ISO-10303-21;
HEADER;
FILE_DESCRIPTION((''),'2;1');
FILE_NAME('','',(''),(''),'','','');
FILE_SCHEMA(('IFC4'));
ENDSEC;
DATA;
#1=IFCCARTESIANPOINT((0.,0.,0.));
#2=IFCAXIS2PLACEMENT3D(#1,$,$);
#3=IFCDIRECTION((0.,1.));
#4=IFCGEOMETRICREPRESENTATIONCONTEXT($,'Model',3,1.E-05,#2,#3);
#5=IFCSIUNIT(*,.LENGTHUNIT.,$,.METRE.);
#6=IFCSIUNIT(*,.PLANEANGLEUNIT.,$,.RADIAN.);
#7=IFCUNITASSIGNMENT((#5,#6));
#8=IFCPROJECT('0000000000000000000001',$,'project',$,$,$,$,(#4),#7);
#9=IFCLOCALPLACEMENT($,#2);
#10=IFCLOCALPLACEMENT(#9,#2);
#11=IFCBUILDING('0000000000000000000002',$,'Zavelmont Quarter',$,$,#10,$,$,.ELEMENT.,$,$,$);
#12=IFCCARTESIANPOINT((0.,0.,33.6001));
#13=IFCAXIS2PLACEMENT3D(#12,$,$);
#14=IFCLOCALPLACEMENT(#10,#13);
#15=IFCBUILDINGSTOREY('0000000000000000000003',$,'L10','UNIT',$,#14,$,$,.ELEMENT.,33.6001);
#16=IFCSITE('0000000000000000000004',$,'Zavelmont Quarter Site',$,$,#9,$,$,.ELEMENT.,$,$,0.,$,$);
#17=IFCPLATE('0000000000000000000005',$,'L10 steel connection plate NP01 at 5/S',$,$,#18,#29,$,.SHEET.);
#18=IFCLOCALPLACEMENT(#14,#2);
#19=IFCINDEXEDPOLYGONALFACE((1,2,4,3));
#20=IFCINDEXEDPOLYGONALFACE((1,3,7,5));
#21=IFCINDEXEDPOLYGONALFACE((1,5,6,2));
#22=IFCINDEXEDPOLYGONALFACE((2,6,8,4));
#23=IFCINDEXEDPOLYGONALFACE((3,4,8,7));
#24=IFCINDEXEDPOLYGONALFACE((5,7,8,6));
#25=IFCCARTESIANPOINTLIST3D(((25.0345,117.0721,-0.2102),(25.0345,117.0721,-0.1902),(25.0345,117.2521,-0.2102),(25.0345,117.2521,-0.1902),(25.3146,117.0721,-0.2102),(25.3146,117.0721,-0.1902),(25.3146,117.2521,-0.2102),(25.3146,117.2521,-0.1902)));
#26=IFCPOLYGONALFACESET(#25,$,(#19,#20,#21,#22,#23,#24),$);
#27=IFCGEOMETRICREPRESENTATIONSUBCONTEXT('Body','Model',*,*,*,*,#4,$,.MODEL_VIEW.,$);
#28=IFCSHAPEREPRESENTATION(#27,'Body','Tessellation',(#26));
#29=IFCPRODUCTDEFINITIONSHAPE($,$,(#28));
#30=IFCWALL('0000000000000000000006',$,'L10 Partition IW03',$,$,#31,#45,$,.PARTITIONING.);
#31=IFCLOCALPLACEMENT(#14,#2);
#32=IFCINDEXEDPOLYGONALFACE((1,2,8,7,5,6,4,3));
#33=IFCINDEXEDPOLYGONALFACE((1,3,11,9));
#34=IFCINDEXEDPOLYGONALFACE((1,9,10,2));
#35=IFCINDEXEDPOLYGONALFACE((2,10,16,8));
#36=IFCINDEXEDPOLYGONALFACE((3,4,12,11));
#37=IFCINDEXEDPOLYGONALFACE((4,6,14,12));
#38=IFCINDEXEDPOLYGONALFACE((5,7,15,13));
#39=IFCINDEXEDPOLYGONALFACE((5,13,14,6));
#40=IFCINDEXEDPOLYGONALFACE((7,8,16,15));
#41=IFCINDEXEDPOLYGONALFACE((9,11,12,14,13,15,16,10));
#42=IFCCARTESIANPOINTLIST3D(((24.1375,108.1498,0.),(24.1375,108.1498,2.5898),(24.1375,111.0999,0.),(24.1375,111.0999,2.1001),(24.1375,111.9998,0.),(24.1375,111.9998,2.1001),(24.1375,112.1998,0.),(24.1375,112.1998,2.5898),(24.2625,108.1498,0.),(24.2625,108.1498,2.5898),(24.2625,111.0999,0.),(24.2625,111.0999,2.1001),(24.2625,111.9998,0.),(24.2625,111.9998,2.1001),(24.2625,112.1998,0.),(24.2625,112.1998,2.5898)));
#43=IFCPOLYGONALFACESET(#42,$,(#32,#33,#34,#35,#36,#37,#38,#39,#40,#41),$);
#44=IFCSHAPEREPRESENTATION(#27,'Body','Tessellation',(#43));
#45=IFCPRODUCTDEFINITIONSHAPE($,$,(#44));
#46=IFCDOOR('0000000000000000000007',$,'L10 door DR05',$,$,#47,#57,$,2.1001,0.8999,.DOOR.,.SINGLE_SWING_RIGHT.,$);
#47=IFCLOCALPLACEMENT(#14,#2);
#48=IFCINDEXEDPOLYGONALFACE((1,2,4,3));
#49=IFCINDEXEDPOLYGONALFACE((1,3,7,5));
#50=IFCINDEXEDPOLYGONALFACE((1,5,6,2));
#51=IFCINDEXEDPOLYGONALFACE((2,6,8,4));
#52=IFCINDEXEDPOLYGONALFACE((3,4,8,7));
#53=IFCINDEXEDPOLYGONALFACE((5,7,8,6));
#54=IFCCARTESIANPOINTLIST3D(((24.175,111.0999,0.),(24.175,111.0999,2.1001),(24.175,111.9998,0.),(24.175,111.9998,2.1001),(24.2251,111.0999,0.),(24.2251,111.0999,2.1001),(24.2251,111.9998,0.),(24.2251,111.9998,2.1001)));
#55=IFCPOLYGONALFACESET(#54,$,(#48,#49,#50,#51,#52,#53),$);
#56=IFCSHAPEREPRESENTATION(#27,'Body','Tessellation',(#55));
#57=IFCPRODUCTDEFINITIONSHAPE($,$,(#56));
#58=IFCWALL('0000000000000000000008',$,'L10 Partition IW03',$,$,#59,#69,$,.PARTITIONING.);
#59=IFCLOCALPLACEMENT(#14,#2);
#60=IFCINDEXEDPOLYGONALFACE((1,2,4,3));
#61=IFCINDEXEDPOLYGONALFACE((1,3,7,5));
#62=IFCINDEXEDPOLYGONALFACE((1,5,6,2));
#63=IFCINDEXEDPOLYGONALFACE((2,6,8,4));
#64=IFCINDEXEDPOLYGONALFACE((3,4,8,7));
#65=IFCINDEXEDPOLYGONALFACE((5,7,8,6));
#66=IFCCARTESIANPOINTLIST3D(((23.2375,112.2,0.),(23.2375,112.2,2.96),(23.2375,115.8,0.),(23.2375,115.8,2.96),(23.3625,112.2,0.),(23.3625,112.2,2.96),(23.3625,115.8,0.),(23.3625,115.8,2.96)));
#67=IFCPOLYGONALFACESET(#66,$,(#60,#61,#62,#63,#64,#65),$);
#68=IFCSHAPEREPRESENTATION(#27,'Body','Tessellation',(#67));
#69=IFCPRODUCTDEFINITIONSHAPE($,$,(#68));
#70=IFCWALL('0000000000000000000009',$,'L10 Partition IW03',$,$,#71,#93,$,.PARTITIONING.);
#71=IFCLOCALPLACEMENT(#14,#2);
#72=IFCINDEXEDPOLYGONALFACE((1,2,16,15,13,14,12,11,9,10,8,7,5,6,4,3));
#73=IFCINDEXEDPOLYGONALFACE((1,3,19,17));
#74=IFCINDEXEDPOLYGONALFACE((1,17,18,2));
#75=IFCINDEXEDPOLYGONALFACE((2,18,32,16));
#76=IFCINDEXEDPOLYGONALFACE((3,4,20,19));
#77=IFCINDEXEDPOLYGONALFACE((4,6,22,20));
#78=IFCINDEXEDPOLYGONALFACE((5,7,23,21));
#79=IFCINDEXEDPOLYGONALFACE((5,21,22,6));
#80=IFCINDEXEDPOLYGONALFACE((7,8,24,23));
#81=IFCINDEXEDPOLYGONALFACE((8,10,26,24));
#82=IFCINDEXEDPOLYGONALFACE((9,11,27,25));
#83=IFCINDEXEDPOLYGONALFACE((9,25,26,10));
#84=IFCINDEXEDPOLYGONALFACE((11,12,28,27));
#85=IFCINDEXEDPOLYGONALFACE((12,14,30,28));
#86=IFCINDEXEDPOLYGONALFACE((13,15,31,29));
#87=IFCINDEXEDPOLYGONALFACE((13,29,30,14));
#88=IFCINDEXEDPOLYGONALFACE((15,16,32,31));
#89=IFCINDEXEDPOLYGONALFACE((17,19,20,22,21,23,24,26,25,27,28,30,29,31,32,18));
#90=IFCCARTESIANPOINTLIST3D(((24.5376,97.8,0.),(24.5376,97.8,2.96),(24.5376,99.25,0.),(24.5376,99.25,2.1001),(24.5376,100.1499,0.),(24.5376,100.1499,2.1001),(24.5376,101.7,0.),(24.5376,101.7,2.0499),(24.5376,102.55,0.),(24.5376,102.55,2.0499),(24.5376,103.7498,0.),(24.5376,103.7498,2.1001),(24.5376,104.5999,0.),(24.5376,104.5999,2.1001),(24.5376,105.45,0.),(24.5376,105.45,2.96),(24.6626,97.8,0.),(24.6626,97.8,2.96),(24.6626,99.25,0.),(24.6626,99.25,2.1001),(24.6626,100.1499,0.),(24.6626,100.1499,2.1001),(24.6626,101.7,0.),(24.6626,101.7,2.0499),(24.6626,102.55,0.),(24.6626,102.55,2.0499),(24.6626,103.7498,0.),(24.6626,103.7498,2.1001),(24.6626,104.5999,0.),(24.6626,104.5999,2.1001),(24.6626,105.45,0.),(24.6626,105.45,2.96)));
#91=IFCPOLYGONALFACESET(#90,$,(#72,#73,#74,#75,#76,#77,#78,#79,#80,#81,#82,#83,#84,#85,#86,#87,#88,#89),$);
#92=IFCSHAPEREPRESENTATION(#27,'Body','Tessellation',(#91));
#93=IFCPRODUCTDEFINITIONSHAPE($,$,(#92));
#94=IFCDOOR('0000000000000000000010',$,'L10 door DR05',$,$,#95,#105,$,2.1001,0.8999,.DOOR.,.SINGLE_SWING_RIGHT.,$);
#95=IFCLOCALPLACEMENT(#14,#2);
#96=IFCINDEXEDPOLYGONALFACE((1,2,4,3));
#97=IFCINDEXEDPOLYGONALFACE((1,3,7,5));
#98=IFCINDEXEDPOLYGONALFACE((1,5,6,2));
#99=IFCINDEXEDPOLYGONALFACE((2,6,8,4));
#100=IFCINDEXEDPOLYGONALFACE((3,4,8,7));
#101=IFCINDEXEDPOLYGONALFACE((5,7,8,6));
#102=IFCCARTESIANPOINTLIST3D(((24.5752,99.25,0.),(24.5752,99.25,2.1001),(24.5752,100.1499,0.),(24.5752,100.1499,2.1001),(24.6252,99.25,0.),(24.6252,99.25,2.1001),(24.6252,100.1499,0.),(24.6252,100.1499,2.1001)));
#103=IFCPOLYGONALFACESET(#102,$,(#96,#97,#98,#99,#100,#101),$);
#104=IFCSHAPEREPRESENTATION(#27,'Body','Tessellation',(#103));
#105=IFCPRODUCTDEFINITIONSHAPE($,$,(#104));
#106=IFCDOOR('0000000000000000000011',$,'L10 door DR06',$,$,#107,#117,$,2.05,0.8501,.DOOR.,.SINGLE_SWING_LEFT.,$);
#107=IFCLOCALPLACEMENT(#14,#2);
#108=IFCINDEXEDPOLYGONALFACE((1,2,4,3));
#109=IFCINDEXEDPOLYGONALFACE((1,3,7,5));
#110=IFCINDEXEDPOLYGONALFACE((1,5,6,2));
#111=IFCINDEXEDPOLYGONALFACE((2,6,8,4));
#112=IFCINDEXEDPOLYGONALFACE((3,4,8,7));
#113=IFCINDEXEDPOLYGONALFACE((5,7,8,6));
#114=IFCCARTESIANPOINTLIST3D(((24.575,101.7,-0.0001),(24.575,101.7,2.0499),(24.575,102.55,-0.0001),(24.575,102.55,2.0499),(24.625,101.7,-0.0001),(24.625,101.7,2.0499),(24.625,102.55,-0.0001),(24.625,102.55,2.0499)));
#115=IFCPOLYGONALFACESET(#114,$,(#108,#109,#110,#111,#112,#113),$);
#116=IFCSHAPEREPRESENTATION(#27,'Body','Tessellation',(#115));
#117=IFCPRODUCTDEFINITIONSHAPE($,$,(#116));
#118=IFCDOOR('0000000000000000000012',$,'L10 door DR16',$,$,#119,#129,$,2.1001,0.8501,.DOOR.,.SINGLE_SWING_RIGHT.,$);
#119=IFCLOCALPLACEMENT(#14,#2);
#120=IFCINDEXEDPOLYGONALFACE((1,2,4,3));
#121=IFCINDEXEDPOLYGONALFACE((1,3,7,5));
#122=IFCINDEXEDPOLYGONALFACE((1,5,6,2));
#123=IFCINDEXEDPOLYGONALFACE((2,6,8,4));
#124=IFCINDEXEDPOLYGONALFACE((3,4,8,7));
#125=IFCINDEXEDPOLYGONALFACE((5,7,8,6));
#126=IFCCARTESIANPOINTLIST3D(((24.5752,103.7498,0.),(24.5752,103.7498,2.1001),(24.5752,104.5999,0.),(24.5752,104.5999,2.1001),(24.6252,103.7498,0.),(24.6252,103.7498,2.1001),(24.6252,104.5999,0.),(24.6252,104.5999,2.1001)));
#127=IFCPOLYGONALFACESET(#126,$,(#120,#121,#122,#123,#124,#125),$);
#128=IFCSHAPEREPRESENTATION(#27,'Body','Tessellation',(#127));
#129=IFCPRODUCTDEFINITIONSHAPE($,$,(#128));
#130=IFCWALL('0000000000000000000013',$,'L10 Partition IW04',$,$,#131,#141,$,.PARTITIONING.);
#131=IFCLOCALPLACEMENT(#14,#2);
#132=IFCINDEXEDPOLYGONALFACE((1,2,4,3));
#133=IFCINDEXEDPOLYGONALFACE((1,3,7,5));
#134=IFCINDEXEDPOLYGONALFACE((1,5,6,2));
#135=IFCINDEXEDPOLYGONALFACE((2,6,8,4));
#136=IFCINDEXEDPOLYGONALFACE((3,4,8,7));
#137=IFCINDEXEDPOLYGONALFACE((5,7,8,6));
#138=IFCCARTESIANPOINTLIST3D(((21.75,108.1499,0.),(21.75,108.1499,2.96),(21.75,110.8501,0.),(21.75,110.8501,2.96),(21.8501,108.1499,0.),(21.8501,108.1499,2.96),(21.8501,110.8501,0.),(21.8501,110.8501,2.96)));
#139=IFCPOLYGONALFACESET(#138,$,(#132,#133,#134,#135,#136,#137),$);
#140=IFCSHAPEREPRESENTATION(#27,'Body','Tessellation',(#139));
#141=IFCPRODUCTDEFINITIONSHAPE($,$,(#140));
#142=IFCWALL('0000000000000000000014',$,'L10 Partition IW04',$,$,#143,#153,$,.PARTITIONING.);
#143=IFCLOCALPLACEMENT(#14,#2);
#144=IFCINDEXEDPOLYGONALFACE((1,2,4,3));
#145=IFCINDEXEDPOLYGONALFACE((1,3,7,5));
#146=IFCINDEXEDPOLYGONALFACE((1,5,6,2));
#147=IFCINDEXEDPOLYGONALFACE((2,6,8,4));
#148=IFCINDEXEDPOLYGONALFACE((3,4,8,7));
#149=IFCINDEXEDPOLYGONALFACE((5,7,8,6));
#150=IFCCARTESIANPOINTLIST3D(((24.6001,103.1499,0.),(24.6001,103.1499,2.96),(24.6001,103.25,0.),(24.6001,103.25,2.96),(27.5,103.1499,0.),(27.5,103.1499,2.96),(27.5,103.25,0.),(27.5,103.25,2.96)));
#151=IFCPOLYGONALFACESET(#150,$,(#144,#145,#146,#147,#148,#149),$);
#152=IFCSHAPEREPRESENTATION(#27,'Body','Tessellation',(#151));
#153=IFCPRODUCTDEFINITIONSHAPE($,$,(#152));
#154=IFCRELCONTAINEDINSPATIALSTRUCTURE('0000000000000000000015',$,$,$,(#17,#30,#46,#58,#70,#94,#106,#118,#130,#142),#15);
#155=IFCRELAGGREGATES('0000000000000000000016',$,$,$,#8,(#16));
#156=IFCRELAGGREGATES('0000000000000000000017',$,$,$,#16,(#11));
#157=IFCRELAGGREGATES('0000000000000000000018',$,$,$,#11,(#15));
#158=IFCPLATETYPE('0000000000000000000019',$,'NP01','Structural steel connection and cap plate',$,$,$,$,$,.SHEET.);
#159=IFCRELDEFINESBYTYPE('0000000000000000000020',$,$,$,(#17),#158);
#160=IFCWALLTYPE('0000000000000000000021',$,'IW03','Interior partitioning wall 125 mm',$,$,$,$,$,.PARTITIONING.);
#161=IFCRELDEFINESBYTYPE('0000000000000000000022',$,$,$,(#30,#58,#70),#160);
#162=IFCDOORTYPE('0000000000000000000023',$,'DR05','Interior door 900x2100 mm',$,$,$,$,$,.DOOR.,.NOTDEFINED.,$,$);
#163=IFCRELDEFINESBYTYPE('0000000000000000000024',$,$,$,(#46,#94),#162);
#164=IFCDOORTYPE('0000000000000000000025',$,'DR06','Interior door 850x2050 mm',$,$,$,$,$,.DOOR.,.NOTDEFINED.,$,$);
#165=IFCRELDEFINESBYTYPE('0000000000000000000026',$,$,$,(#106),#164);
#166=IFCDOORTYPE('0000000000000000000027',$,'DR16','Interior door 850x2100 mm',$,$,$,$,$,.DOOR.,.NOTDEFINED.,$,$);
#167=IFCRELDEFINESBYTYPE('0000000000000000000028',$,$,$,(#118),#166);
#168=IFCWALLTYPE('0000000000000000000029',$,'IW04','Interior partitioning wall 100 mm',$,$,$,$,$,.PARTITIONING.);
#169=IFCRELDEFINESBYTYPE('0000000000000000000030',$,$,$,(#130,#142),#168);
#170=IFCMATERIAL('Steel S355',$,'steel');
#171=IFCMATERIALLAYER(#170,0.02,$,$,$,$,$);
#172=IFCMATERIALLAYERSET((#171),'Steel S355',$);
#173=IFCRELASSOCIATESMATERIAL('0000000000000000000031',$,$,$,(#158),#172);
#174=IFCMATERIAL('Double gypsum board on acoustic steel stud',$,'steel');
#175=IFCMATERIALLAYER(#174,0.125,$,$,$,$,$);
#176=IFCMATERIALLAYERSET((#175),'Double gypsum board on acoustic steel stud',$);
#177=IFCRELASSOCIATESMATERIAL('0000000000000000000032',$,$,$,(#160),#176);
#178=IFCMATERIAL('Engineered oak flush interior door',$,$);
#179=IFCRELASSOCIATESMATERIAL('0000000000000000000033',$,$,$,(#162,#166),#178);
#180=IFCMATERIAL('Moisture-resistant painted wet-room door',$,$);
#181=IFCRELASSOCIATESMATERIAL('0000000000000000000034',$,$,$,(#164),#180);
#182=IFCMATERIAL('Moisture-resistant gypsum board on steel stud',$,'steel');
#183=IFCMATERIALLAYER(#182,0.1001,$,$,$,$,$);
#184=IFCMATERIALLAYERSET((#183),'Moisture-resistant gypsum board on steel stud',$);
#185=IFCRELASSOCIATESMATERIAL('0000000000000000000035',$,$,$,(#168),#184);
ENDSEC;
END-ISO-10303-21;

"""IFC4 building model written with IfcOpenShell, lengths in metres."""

from ifc_helpers import new_model, si_unit, direction, frame, frame_2d, origin, origin_with_axes, origin_2d, place, context, subcontext, project, spatial, rectangle, extrude, material, layer, layer_set, type_object, element, fill, save


model = new_model("IFC4")

# Units and contexts
model_context = context("Model", 3, precision=1e-05, world=origin(), true_north=direction((0.0, 1.0)))
body_context = subcontext(model_context, "Body", "Model", "MODEL_VIEW")
ifc_project = project(units=[si_unit("LENGTHUNIT", "METRE"), si_unit("PLANEANGLEUNIT", "RADIAN")], contexts=[model_context])

# Site, building, storey
site_placement = place(None, origin())
site = spatial("IfcSite", under=ifc_project, at=site_placement, Name="Zavelmont Quarter Site", CompositionType="ELEMENT", RefElevation=0.0)
building_placement = place(site_placement, origin())
building = spatial("IfcBuilding", under=site, at=building_placement, Name="Zavelmont Quarter", CompositionType="ELEMENT")
storey_placement = place(building_placement, frame((0.0, 0.0, 33.6001)))
storey = spatial("IfcBuildingStorey", under=building, at=storey_placement, Name="L10", Description="UNIT", CompositionType="ELEMENT", Elevation=33.6001)

# Shared definitions
ifc_material_1 = material(Name="Steel S355", Category="steel")

# Plate
ifc_layer_1 = layer(ifc_material_1, 0.02)
ifc_layer_set_1 = layer_set([ifc_layer_1], Name="Steel S355")
plate_type = type_object("IfcPlateType", Name="NP01", Description="Structural steel connection and cap plate", PredefinedType="SHEET", material=ifc_layer_set_1)
plate_placement = place(storey_placement, frame((25.1746, 117.1621, -0.2102), z_axis=(0.0, 0.0, 1.0), x_axis=(1.0, 0.0, 0.0)))
element("IfcPlate", 1, at=plate_placement, inside=storey, type_object=plate_type, Name="L10 steel connection plate NP01 at 5/S", PredefinedType="SHEET", context=body_context, shape_type="SweptSolid", body=[
    extrude(rectangle(XDim=0.28, YDim=0.1799, at=origin_2d()), origin(), (0.0, 0.0, 1.0), 0.02),
])

# Wall, opening, door
ifc_material_2 = material(Name="Double gypsum board on acoustic steel stud", Category="steel")
ifc_layer_2 = layer(ifc_material_2, 0.125)
ifc_layer_set_2 = layer_set([ifc_layer_2], Name="Double gypsum board on acoustic steel stud")
wall_type_1 = type_object("IfcWallType", Name="IW03", Description="Interior partitioning wall 125 mm", PredefinedType="PARTITIONING", material=ifc_layer_set_2)
wall_1_placement = place(storey_placement, frame((24.2, 108.1499, 0.0), z_axis=(0.0, 0.0, 1.0), x_axis=(0.0, 1.0, 0.0)))
wall_1 = element("IfcWall", 2, at=wall_1_placement, inside=storey, type_object=wall_type_1, Name="L10 Partition IW03", PredefinedType="PARTITIONING", context=body_context, shape_type="SweptSolid", body=[
    extrude(rectangle(XDim=4.05, YDim=0.125, at=frame_2d((2.0249, 0.0))), origin(), (0.0, 0.0, 1.0), 2.5898),
])
opening_1_placement = place(wall_1_placement, frame((2.95, 0.0, 0.0)))
opening_1 = element("IfcOpeningElement", 3, at=opening_1_placement, cuts=wall_1, PredefinedType="OPENING", context=body_context, shape_type="SweptSolid", body=[
    extrude(rectangle(XDim=0.8999, YDim=2.1001, at=frame_2d((0.45, 1.05))), frame((0.0, 0.0745, 0.0), z_axis=(0.0, -1.0, 0.0), x_axis=(1.0, 0.0, 0.0)), (0.0, 0.0, 1.0), 0.1489),
])
ifc_material_3 = material(Name="Engineered oak flush interior door")
door_type_1 = type_object("IfcDoorType", Name="DR05", Description="Interior door 900x2100 mm", OperationType="NOTDEFINED", PredefinedType="DOOR", material=ifc_material_3)
door_1_placement = place(opening_1_placement, origin_with_axes())
door_1 = element("IfcDoor", 4, at=door_1_placement, inside=storey, type_object=door_type_1, Name="L10 door DR05", OperationType="SINGLE_SWING_RIGHT", OverallHeight=2.1001, OverallWidth=0.8999, PredefinedType="DOOR", context=body_context, shape_type="SweptSolid", body=[
    extrude(rectangle(XDim=0.8999, YDim=2.1001, at=frame_2d((0.45, 1.05))), frame((0.0, 0.0249, 0.0), z_axis=(0.0, -1.0, 0.0), x_axis=(1.0, 0.0, 0.0)), (0.0, 0.0, 1.0), 0.05),
])
fill(opening_1, door_1)

# Wall
wall_2_placement = place(storey_placement, frame((23.3, 112.2, 0.0), z_axis=(0.0, 0.0, 1.0), x_axis=(0.0, 1.0, 0.0)))
element("IfcWall", 5, at=wall_2_placement, inside=storey, type_object=wall_type_1, Name="L10 Partition IW03", PredefinedType="PARTITIONING", context=body_context, shape_type="SweptSolid", body=[
    extrude(rectangle(XDim=3.6001, YDim=0.125, at=frame_2d((1.8, 0.0))), origin(), (0.0, 0.0, 1.0), 2.96),
])

# Wall, openings, doors
wall_3_placement = place(storey_placement, frame((24.6001, 105.45, 0.0), z_axis=(0.0, 0.0, 1.0), x_axis=(0.0, -1.0, 0.0)))
wall_3 = element("IfcWall", 6, at=wall_3_placement, inside=storey, type_object=wall_type_1, Name="L10 Partition IW03", PredefinedType="PARTITIONING", context=body_context, shape_type="SweptSolid", body=[
    extrude(rectangle(XDim=7.6499, YDim=0.125, at=frame_2d((3.825, 0.0))), origin(), (0.0, 0.0, 1.0), 2.96),
])
opening_2_placement = place(wall_3_placement, frame((0.8501, 0.0, 0.0)))
opening_2 = element("IfcOpeningElement", 7, at=opening_2_placement, cuts=wall_3, PredefinedType="OPENING", context=body_context, shape_type="SweptSolid", body=[
    extrude(rectangle(XDim=0.8501, YDim=2.1001, at=frame_2d((0.425, 1.05))), frame((0.0, 0.0745, 0.0), z_axis=(0.0, -1.0, 0.0), x_axis=(1.0, 0.0, 0.0)), (0.0, 0.0, 1.0), 0.1489),
])
opening_3_placement = place(wall_3_placement, frame((2.8999, 0.0, 0.0)))
opening_3 = element("IfcOpeningElement", 8, at=opening_3_placement, cuts=wall_3, PredefinedType="OPENING", context=body_context, shape_type="SweptSolid", body=[
    extrude(rectangle(XDim=0.8501, YDim=2.05, at=frame_2d((0.425, 1.0249))), frame((0.0, 0.0745, 0.0), z_axis=(0.0, -1.0, 0.0), x_axis=(1.0, 0.0, 0.0)), (0.0, 0.0, 1.0), 0.1489),
])
opening_4_placement = place(wall_3_placement, frame((5.3, 0.0, 0.0)))
opening_4 = element("IfcOpeningElement", 9, at=opening_4_placement, cuts=wall_3, PredefinedType="OPENING", context=body_context, shape_type="SweptSolid", body=[
    extrude(rectangle(XDim=0.8999, YDim=2.1001, at=frame_2d((0.45, 1.05))), frame((0.0, 0.0745, 0.0), z_axis=(0.0, -1.0, 0.0), x_axis=(1.0, 0.0, 0.0)), (0.0, 0.0, 1.0), 0.1489),
])
door_2_placement = place(opening_4_placement, frame((0.8999, 0.0, 0.0), z_axis=(0.0, 0.0, 1.0), x_axis=(-1.0, 0.0, 0.0)))
door_2 = element("IfcDoor", 10, at=door_2_placement, inside=storey, type_object=door_type_1, Name="L10 door DR05", OperationType="SINGLE_SWING_RIGHT", OverallHeight=2.1001, OverallWidth=0.8999, PredefinedType="DOOR", context=body_context, shape_type="SweptSolid", body=[
    extrude(rectangle(XDim=0.8999, YDim=2.1001, at=frame_2d((0.45, 1.05))), frame((0.0, 0.0249, 0.0), z_axis=(0.0, -1.0, 0.0), x_axis=(1.0, 0.0, 0.0)), (0.0, 0.0, 1.0), 0.05),
])
fill(opening_4, door_2)
ifc_material_4 = material(Name="Moisture-resistant painted wet-room door")
door_type_2 = type_object("IfcDoorType", Name="DR06", Description="Interior door 850x2050 mm", OperationType="NOTDEFINED", PredefinedType="DOOR", material=ifc_material_4)
door_3_placement = place(opening_3_placement, origin_with_axes())
door_3 = element("IfcDoor", 11, at=door_3_placement, inside=storey, type_object=door_type_2, Name="L10 door DR06", OperationType="SINGLE_SWING_LEFT", OverallHeight=2.05, OverallWidth=0.8501, PredefinedType="DOOR", context=body_context, shape_type="SweptSolid", body=[
    extrude(rectangle(XDim=0.8501, YDim=2.05, at=frame_2d((0.425, 1.0249))), frame((0.0, 0.0249, 0.0), z_axis=(0.0, -1.0, 0.0), x_axis=(1.0, 0.0, 0.0)), (0.0, 0.0, 1.0), 0.05),
])
fill(opening_3, door_3)
door_type_3 = type_object("IfcDoorType", Name="DR16", Description="Interior door 850x2100 mm", OperationType="NOTDEFINED", PredefinedType="DOOR", material=ifc_material_3)
door_4_placement = place(opening_2_placement, frame((0.8501, 0.0, 0.0), z_axis=(0.0, 0.0, 1.0), x_axis=(-1.0, 0.0, 0.0)))
door_4 = element("IfcDoor", 12, at=door_4_placement, inside=storey, type_object=door_type_3, Name="L10 door DR16", OperationType="SINGLE_SWING_RIGHT", OverallHeight=2.1001, OverallWidth=0.8501, PredefinedType="DOOR", context=body_context, shape_type="SweptSolid", body=[
    extrude(rectangle(XDim=0.8501, YDim=2.1001, at=frame_2d((0.425, 1.05))), frame((0.0, 0.0249, 0.0), z_axis=(0.0, -1.0, 0.0), x_axis=(1.0, 0.0, 0.0)), (0.0, 0.0, 1.0), 0.05),
])
fill(opening_2, door_4)

# Walls
ifc_material_5 = material(Name="Moisture-resistant gypsum board on steel stud", Category="steel")
ifc_layer_3 = layer(ifc_material_5, 0.1001)
ifc_layer_set_3 = layer_set([ifc_layer_3], Name="Moisture-resistant gypsum board on steel stud")
wall_type_2 = type_object("IfcWallType", Name="IW04", Description="Interior partitioning wall 100 mm", PredefinedType="PARTITIONING", material=ifc_layer_set_3)
wall_4_placement = place(storey_placement, frame((21.8, 108.1499, 0.0), z_axis=(0.0, 0.0, 1.0), x_axis=(0.0, 1.0, 0.0)))
element("IfcWall", 13, at=wall_4_placement, inside=storey, type_object=wall_type_2, Name="L10 Partition IW04", PredefinedType="PARTITIONING", context=body_context, shape_type="SweptSolid", body=[
    extrude(rectangle(XDim=2.7002, YDim=0.1001, at=frame_2d((1.3501, 0.0))), origin(), (0.0, 0.0, 1.0), 2.96),
])
wall_5_placement = place(storey_placement, frame((24.6001, 103.2, 0.0), z_axis=(0.0, 0.0, 1.0), x_axis=(1.0, 0.0, 0.0)))
element("IfcWall", 14, at=wall_5_placement, inside=storey, type_object=wall_type_2, Name="L10 Partition IW04", PredefinedType="PARTITIONING", context=body_context, shape_type="SweptSolid", body=[
    extrude(rectangle(XDim=2.8999, YDim=0.1001, at=frame_2d((1.45, 0.0))), origin(), (0.0, 0.0, 1.0), 2.96),
])

save(model, "model.ifc")
